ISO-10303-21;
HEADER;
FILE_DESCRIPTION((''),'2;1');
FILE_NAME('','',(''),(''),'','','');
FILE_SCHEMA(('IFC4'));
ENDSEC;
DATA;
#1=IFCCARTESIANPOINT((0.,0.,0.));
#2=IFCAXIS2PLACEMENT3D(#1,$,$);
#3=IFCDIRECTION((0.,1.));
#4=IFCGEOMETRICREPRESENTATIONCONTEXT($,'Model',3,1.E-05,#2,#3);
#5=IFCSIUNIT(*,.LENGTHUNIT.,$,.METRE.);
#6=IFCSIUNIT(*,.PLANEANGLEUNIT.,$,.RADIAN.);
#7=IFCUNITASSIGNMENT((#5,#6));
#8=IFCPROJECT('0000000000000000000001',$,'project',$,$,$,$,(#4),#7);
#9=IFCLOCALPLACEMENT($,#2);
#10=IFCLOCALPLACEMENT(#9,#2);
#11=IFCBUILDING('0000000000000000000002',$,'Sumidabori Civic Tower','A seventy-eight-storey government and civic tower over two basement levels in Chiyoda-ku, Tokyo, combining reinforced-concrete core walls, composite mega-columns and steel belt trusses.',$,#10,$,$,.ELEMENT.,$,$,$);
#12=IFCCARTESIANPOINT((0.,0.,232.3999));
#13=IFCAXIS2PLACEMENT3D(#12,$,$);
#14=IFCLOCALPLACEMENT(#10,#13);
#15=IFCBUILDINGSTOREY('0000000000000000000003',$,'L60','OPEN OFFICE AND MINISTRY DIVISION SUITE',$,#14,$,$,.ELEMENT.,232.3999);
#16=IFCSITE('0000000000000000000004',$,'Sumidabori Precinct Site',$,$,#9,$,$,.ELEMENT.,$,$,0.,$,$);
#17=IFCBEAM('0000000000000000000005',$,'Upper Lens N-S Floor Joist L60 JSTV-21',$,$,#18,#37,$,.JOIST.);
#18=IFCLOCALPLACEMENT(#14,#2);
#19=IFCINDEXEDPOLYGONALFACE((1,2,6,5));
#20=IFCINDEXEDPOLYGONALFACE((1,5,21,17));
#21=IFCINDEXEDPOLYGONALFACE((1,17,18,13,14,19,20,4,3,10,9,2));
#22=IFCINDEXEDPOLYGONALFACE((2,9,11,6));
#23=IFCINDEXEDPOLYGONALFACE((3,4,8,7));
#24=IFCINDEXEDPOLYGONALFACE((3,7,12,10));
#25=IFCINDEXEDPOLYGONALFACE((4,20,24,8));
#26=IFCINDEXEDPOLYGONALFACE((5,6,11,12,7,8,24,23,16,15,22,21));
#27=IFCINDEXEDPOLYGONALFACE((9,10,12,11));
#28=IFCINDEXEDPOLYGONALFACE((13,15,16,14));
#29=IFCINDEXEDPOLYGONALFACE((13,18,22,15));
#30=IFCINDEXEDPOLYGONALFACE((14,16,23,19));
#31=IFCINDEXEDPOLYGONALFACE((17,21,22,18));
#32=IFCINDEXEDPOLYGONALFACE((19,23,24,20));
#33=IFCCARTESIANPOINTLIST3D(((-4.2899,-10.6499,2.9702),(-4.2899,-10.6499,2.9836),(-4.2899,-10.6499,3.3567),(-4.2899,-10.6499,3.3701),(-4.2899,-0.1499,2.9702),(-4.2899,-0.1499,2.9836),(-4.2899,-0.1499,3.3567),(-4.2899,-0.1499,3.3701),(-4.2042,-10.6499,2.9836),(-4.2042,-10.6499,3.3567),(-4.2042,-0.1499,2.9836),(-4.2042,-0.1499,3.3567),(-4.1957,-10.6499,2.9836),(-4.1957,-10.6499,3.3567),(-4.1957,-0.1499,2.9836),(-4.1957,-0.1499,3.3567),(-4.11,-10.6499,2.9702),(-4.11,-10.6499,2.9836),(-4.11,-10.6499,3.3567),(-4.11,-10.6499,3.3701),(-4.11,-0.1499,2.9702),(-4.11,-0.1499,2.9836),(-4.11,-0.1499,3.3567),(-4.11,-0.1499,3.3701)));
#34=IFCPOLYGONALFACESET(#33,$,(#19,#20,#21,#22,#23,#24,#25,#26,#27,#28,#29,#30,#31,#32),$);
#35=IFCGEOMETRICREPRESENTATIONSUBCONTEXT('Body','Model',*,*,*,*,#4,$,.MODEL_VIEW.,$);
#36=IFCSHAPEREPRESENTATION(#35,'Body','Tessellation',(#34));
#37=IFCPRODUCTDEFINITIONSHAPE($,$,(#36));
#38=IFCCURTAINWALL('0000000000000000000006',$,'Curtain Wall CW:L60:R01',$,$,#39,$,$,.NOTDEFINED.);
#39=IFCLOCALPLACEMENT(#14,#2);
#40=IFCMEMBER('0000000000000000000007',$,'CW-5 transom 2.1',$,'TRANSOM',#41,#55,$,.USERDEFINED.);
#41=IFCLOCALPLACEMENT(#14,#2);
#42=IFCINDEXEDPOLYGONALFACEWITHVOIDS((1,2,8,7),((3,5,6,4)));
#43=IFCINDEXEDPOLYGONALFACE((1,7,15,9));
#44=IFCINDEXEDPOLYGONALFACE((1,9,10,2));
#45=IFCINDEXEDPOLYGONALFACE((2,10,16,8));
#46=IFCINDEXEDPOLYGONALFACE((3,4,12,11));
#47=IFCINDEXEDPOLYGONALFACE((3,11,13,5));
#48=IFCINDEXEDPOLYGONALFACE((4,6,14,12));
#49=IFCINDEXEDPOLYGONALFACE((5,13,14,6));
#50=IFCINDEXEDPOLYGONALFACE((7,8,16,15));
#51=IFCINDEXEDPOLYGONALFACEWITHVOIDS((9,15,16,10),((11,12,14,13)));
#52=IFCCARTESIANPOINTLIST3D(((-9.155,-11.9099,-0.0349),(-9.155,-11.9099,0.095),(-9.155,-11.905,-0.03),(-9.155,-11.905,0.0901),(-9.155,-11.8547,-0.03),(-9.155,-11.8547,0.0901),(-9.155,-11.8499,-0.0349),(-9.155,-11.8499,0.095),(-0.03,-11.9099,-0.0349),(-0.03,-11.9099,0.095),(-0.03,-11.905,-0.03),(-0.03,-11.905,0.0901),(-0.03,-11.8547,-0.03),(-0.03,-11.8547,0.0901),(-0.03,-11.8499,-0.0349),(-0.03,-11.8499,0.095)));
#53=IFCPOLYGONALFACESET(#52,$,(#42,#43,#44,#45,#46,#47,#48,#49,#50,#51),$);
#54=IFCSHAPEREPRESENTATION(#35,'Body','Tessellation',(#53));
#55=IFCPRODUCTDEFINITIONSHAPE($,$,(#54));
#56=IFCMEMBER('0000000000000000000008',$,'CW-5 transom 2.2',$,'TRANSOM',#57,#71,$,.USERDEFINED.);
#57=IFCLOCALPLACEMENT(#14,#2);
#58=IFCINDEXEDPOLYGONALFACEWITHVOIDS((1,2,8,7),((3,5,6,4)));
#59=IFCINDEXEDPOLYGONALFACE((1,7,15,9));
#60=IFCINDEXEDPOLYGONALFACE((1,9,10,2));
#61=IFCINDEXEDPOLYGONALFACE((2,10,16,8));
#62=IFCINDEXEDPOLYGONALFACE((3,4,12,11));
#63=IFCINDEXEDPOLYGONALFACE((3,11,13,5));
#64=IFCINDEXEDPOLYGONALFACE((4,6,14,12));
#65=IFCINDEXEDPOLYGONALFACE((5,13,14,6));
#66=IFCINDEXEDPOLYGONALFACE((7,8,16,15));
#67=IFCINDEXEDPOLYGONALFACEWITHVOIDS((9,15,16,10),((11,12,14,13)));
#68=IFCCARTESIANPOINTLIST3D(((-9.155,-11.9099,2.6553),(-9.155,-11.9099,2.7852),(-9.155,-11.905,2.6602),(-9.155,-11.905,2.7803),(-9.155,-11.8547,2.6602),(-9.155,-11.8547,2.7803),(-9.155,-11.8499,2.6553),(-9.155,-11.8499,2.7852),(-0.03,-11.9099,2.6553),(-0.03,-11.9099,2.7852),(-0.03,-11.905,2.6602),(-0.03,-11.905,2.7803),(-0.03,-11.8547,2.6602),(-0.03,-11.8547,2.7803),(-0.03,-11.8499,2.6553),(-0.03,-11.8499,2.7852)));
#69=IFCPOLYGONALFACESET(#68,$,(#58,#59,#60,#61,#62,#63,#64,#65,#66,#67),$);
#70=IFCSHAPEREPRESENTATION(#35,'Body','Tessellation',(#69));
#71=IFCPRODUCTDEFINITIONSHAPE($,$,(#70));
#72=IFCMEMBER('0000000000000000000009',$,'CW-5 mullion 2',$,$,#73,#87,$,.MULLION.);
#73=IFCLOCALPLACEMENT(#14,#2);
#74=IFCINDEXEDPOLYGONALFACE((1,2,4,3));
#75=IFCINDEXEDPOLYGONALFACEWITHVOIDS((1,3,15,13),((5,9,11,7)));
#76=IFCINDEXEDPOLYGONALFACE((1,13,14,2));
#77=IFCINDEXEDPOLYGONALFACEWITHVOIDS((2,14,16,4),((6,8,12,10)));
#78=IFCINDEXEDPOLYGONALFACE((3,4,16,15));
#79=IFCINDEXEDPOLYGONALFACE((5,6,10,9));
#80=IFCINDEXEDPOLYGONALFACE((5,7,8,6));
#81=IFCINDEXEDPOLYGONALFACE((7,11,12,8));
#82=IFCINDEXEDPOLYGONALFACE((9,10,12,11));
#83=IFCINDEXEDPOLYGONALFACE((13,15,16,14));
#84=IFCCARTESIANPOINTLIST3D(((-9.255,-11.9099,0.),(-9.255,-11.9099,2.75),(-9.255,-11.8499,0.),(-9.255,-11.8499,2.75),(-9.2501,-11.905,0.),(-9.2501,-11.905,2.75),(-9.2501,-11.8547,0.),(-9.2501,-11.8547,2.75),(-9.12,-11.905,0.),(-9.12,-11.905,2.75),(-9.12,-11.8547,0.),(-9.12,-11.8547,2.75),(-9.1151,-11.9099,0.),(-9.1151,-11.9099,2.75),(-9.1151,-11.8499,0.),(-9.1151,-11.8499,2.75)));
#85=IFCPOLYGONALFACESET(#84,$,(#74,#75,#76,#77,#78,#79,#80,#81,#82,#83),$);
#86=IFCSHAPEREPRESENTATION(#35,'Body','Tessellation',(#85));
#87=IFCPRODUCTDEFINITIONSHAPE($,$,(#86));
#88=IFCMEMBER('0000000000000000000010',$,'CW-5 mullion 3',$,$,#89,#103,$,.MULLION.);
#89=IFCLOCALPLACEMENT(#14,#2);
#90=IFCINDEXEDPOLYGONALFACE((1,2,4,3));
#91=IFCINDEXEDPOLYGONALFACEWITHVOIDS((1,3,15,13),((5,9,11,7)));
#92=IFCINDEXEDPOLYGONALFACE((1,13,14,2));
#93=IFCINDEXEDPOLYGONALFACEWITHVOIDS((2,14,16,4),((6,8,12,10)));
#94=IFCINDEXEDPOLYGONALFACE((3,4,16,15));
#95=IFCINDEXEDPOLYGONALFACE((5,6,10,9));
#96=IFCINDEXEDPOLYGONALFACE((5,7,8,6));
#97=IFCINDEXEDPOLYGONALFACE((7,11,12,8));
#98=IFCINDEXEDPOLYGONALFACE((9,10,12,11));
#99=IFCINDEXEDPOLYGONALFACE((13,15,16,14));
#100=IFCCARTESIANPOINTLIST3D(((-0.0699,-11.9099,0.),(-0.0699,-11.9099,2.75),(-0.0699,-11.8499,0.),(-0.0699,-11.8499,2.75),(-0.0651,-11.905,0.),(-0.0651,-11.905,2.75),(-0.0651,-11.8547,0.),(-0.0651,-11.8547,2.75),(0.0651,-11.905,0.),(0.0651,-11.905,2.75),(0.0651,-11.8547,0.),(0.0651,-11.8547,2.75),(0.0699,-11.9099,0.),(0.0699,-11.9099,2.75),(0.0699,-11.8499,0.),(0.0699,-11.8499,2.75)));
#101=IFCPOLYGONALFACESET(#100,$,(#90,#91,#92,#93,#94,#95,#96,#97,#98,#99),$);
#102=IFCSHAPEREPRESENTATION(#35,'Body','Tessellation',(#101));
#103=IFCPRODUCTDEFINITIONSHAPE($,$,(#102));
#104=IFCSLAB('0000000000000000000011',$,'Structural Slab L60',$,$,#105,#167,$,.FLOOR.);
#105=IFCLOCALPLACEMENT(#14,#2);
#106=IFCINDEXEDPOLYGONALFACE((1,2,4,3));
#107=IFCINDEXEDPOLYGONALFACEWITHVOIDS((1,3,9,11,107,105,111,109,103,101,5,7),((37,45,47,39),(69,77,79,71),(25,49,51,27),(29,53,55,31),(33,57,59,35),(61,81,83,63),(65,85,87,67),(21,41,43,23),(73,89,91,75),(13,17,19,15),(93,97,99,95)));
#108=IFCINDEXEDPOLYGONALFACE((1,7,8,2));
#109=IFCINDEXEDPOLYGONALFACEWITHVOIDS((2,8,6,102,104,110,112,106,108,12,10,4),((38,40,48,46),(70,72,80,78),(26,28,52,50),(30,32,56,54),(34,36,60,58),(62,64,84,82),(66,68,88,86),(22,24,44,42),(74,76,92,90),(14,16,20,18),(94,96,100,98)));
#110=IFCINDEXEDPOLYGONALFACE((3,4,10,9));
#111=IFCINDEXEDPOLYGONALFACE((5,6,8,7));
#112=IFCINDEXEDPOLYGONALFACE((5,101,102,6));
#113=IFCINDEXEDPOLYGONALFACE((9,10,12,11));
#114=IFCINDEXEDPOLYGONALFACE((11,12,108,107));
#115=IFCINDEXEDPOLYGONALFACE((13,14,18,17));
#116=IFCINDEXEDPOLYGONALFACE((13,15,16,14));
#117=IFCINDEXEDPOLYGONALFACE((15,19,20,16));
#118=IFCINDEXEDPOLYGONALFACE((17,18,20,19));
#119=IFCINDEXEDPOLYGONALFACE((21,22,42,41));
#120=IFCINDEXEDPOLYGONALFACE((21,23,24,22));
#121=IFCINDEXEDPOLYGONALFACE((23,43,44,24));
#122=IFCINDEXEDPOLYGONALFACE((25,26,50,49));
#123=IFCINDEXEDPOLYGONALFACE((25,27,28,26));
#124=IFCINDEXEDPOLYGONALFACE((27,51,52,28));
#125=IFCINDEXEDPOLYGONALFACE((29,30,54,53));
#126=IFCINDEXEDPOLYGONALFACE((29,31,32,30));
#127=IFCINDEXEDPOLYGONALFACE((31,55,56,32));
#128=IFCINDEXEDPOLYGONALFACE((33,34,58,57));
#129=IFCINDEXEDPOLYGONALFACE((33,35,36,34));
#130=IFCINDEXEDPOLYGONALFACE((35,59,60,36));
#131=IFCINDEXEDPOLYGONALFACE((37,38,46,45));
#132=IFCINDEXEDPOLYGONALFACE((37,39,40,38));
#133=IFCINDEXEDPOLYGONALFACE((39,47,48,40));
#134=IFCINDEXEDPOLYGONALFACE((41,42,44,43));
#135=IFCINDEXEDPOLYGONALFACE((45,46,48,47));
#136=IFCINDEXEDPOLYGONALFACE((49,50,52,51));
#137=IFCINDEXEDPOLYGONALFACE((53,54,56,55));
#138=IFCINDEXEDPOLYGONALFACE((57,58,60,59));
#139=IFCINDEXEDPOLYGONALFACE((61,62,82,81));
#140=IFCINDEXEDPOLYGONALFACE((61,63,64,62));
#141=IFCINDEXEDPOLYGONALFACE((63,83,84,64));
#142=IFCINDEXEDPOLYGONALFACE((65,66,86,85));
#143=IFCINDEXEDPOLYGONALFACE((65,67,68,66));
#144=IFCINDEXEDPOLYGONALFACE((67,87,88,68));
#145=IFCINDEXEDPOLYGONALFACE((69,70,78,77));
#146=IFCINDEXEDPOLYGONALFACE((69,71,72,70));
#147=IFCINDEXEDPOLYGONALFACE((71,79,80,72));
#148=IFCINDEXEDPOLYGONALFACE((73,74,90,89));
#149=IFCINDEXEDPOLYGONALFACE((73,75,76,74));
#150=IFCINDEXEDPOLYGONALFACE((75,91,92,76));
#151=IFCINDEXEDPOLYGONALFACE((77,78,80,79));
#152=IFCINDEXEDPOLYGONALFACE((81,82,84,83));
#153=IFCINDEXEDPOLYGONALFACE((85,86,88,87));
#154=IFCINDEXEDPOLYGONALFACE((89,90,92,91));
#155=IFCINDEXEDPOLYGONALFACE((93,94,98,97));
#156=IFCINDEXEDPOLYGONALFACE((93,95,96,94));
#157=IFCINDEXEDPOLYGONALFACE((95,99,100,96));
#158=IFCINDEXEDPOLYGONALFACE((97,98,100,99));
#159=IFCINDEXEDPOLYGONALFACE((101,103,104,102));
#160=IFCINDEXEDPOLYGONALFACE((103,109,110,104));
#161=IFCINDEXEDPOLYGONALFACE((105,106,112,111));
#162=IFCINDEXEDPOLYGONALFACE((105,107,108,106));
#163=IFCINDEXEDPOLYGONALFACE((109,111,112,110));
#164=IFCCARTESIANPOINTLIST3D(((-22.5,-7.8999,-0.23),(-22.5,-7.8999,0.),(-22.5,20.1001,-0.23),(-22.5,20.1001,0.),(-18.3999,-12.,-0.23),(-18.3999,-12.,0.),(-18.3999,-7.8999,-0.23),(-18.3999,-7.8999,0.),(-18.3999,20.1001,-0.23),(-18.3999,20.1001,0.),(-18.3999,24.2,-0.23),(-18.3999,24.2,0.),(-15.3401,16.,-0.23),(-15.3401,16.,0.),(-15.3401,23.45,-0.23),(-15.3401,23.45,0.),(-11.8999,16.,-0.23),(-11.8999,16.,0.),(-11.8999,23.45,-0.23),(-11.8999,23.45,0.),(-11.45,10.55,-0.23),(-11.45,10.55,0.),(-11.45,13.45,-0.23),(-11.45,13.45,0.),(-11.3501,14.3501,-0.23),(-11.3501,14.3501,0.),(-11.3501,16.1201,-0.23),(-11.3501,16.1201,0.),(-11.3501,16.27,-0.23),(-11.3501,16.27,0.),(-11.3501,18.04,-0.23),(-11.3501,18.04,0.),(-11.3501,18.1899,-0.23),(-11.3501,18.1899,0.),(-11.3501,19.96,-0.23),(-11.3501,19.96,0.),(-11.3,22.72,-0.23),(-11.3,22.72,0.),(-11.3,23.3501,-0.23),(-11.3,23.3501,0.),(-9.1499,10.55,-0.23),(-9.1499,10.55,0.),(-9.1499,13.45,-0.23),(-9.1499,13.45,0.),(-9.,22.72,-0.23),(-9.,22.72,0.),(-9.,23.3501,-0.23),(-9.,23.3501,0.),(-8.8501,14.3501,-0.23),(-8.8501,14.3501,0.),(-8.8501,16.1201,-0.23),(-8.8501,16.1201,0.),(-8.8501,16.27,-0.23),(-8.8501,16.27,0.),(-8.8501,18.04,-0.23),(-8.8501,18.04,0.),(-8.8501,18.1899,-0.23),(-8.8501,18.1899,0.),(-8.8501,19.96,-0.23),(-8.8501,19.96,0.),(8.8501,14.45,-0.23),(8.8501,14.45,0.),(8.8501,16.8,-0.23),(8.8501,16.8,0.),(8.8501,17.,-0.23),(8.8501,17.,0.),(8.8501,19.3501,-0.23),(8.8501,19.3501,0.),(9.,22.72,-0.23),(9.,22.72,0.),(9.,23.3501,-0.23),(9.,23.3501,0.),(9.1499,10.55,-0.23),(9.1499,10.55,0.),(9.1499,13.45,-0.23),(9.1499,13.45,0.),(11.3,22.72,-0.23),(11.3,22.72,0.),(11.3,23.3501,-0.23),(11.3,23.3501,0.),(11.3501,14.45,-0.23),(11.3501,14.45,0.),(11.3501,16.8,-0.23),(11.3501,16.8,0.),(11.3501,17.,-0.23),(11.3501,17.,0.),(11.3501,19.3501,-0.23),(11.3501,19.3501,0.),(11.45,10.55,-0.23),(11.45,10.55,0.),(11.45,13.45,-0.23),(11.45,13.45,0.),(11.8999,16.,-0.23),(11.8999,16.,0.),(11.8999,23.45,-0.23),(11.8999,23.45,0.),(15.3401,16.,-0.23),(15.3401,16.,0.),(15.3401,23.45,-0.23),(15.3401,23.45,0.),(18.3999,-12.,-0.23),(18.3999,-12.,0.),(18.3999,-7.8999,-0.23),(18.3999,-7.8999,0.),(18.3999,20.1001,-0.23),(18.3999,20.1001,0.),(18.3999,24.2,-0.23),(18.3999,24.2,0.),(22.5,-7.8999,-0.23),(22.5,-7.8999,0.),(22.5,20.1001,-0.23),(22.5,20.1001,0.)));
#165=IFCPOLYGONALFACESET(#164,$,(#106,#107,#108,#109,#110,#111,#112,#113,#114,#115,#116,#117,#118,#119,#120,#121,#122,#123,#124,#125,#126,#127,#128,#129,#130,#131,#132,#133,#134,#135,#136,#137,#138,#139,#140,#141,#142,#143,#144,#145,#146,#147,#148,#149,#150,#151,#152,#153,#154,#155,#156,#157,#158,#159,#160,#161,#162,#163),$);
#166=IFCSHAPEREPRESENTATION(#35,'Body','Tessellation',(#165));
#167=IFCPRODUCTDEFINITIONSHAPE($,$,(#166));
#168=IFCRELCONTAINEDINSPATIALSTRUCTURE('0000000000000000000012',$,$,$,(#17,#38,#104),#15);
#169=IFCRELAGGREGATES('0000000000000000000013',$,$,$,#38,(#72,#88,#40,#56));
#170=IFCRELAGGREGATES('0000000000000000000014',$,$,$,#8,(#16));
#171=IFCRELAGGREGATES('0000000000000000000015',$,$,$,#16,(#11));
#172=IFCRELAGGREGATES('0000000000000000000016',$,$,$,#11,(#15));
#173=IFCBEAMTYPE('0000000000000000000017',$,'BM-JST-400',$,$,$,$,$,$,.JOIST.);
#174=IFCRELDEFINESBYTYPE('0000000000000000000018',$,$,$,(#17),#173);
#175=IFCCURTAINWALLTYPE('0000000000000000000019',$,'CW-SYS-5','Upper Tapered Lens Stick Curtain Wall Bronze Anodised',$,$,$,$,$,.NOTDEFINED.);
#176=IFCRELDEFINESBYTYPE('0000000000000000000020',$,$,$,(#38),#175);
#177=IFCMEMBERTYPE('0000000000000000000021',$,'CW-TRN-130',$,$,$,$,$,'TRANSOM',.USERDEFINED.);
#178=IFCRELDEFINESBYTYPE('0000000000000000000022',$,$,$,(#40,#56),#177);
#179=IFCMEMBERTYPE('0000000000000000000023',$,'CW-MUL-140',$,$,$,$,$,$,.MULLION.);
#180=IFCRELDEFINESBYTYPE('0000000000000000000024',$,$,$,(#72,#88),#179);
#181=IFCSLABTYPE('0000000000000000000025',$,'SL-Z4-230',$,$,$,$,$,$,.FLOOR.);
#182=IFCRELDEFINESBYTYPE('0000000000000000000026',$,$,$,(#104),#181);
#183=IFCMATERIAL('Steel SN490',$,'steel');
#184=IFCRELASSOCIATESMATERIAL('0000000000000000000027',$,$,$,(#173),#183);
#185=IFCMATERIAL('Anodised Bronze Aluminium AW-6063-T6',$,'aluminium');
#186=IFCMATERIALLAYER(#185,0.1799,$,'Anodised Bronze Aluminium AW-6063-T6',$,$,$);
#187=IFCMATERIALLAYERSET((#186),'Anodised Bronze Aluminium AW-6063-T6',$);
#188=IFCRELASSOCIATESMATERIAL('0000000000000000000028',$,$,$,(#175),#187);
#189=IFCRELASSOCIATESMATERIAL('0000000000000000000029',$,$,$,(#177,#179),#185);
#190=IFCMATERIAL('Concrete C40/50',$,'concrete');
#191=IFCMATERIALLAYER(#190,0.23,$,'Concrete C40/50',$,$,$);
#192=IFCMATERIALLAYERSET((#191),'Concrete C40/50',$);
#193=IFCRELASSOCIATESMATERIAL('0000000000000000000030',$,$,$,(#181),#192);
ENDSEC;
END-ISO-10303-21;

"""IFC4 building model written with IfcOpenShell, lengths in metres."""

from ifc_helpers import new_model, si_unit, direction, frame, origin, origin_2d, place, context, subcontext, project, spatial, polyline, hollow_rectangle, i_section, outline, extrude, source, transform, mapped, material, layer, layer_set, material_profile, profile_set, type_object, element, aggregate, save


model = new_model("IFC4")

# Units and contexts
model_context = context("Model", 3, precision=1e-05, world=origin(), true_north=direction((0.0, 1.0)))
body_context = subcontext(model_context, "Body", "Model", "MODEL_VIEW")
ifc_project = project(units=[si_unit("LENGTHUNIT", "METRE"), si_unit("PLANEANGLEUNIT", "RADIAN")], contexts=[model_context])

# Site, building, storey
site_placement = place(None, origin())
site = spatial("IfcSite", under=ifc_project, at=site_placement, Name="Sumidabori Precinct Site", CompositionType="ELEMENT", RefElevation=0.0)
building_placement = place(site_placement, origin())
building = spatial("IfcBuilding", under=site, at=building_placement, Name="Sumidabori Civic Tower", Description="A seventy-eight-storey government and civic tower over two basement levels in Chiyoda-ku, Tokyo, combining reinforced-concrete core walls, composite mega-columns and steel belt trusses.", CompositionType="ELEMENT")
storey_placement = place(building_placement, frame((0.0, 0.0, 232.3999)))
storey = spatial("IfcBuildingStorey", under=building, at=storey_placement, Name="L60", Description="OPEN OFFICE AND MINISTRY DIVISION SUITE", CompositionType="ELEMENT", Elevation=232.3999)

# Shared definitions
ifc_material_1 = material(Name="Steel SN490", Category="steel")

# Beam
ifc_material_profile_1 = material_profile(ifc_material_1, i_section(OverallWidth=0.1799, OverallDepth=0.3999, WebThickness=0.0085, FlangeThickness=0.0134, at=origin_2d()), Name="IPE 400")
ifc_profile_set_1 = profile_set([ifc_material_profile_1], Name="Steel SN490")
beam_type_1 = type_object("IfcBeamType", Name="BM-JST-400", PredefinedType="JOIST", material=ifc_profile_set_1)
shared_shape_1 = source(origin(), body_context, "Body", "SweptSolid", [
    extrude(i_section(OverallWidth=0.1799, OverallDepth=0.3999, WebThickness=0.0085, FlangeThickness=0.0134, at=origin_2d()), origin(), (0.0, 0.0, 1.0), 10.5),
])
for number, where, z_axis, x_axis, name in (
    (1, (-4.2, -10.6499, 3.1702), (0.0, 1.0, 0.0), (-1.0, 0.0, 0.0), "Upper Lens N-S Floor Joist L60 JSTV-21"),
):
    element("IfcBeam", number, at=place(storey_placement, frame(where, z_axis=z_axis, x_axis=x_axis)), inside=storey, type_object=beam_type_1, Name=name, PredefinedType="JOIST", context=body_context, shape_type="MappedRepresentation", body=[
        mapped(shared_shape_1, transform((0.0, 0.0, 0.0), x_axis=(1.0, 0.0, 0.0), y_axis=(0.0, 1.0, 0.0), z_axis=(0.0, 0.0, 1.0), scale=1.0)),
    ])

# Curtain wall, members
ifc_material_2 = material(Name="Anodised Bronze Aluminium AW-6063-T6", Category="aluminium")
ifc_layer_1 = layer(ifc_material_2, 0.1799, Name="Anodised Bronze Aluminium AW-6063-T6")
ifc_layer_set_1 = layer_set([ifc_layer_1], Name="Anodised Bronze Aluminium AW-6063-T6")
curtain_wall_type = type_object("IfcCurtainWallType", Name="CW-SYS-5", Description="Upper Tapered Lens Stick Curtain Wall Bronze Anodised", PredefinedType="NOTDEFINED", material=ifc_layer_set_1)
curtain_wall_placement = place(storey_placement, origin())
curtain_wall = element("IfcCurtainWall", 2, at=curtain_wall_placement, inside=storey, type_object=curtain_wall_type, Name="Curtain Wall CW:L60:R01", PredefinedType="NOTDEFINED")
ifc_material_profile_2 = material_profile(ifc_material_2, hollow_rectangle(XDim=0.0601, YDim=0.1299, WallThickness=0.0049, at=origin_2d()), Name="ALU TRANSOM 130x60")
ifc_profile_set_2 = profile_set([ifc_material_profile_2], Name="Anodised Bronze Aluminium AW-6063-T6")
member_type_1 = type_object("IfcMemberType", Name="CW-TRN-130", ElementType="TRANSOM", PredefinedType="USERDEFINED", material=ifc_profile_set_2)
shared_shape_2 = source(origin(), body_context, "Body", "SweptSolid", [
    extrude(hollow_rectangle(XDim=0.0601, YDim=0.1299, WallThickness=0.0049, at=origin_2d()), origin(), (0.0, 0.0, 1.0), 9.125),
])
member_1_placement = place(storey_placement, frame((-9.155, -11.8799, 0.03), z_axis=(1.0, 0.0, 0.0), x_axis=(0.0, 1.0, 0.0)))
member_1 = element("IfcMember", 3, at=member_1_placement, type_object=member_type_1, Name="CW-5 transom 2.1", ObjectType="TRANSOM", PredefinedType="USERDEFINED", context=body_context, shape_type="MappedRepresentation", body=[
    mapped(shared_shape_2, transform((0.0, 0.0, 0.0), x_axis=(1.0, 0.0, 0.0), y_axis=(0.0, 1.0, 0.0), z_axis=(0.0, 0.0, 1.0), scale=1.0)),
])
member_2_placement = place(storey_placement, frame((-9.155, -11.8799, 2.7202), z_axis=(1.0, 0.0, 0.0), x_axis=(0.0, 1.0, 0.0)))
member_2 = element("IfcMember", 4, at=member_2_placement, type_object=member_type_1, Name="CW-5 transom 2.2", ObjectType="TRANSOM", PredefinedType="USERDEFINED", context=body_context, shape_type="MappedRepresentation", body=[
    mapped(shared_shape_2, transform((0.0, 0.0, 0.0), x_axis=(1.0, 0.0, 0.0), y_axis=(0.0, 1.0, 0.0), z_axis=(0.0, 0.0, 1.0), scale=1.0)),
])
ifc_material_profile_3 = material_profile(ifc_material_2, hollow_rectangle(XDim=0.0601, YDim=0.1399, WallThickness=0.0049, at=origin_2d()), Name="ALU MULLION 140x60")
ifc_profile_set_3 = profile_set([ifc_material_profile_3], Name="Anodised Bronze Aluminium AW-6063-T6")
member_type_2 = type_object("IfcMemberType", Name="CW-MUL-140", PredefinedType="MULLION", material=ifc_profile_set_3)
shared_shape_3 = source(origin(), body_context, "Body", "SweptSolid", [
    extrude(hollow_rectangle(XDim=0.0601, YDim=0.1399, WallThickness=0.0049, at=origin_2d()), origin(), (0.0, 0.0, 1.0), 2.75),
])
member_3_placement = place(storey_placement, frame((-9.1851, -11.8799, 0.0), z_axis=(0.0, 0.0, 1.0), x_axis=(0.0, 1.0, 0.0)))
member_3 = element("IfcMember", 5, at=member_3_placement, type_object=member_type_2, Name="CW-5 mullion 2", PredefinedType="MULLION", context=body_context, shape_type="MappedRepresentation", body=[
    mapped(shared_shape_3, transform((0.0, 0.0, 0.0), x_axis=(1.0, 0.0, 0.0), y_axis=(0.0, 1.0, 0.0), z_axis=(0.0, 0.0, 1.0), scale=1.0)),
])
member_4_placement = place(storey_placement, frame((0.0, -11.8799, 0.0), z_axis=(0.0, 0.0, 1.0), x_axis=(0.0, 1.0, 0.0)))
member_4 = element("IfcMember", 6, at=member_4_placement, type_object=member_type_2, Name="CW-5 mullion 3", PredefinedType="MULLION", context=body_context, shape_type="MappedRepresentation", body=[
    mapped(shared_shape_3, transform((0.0, 0.0, 0.0), x_axis=(1.0, 0.0, 0.0), y_axis=(0.0, 1.0, 0.0), z_axis=(0.0, 0.0, 1.0), scale=1.0)),
])

# Slab
ifc_material_3 = material(Name="Concrete C40/50", Category="concrete")
ifc_layer_2 = layer(ifc_material_3, 0.23, Name="Concrete C40/50")
ifc_layer_set_2 = layer_set([ifc_layer_2], Name="Concrete C40/50")
slab_type = type_object("IfcSlabType", Name="SL-Z4-230", PredefinedType="FLOOR", material=ifc_layer_set_2)
slab_placement = place(storey_placement, frame((0.0, 0.0, -0.23)))
element("IfcSlab", 7, at=slab_placement, inside=storey, type_object=slab_type, Name="Structural Slab L60", PredefinedType="FLOOR", context=body_context, shape_type="SweptSolid", body=[
    extrude(outline(polyline([(-18.3999, -12.0), (18.3999, -12.0), (18.3999, -7.8999), (22.5, -7.8999), (22.5, 20.1001), (18.3999, 20.1001), (18.3999, 24.2), (-18.3999, 24.2), (-18.3999, 20.1001), (-22.5, 20.1001), (-22.5, -7.8999), (-18.3999, -7.8999), (-18.3999, -12.0)]), holes=[polyline([(-11.8999, 16.0), (-11.8999, 23.45), (-15.3401, 23.45), (-15.3401, 16.0), (-11.8999, 16.0)]), polyline([(15.3401, 16.0), (15.3401, 23.45), (11.8999, 23.45), (11.8999, 16.0), (15.3401, 16.0)]), polyline([(-11.45, 10.55), (-9.1499, 10.55), (-9.1499, 13.45), (-11.45, 13.45), (-11.45, 10.55)]), polyline([(9.1499, 10.55), (11.45, 10.55), (11.45, 13.45), (9.1499, 13.45), (9.1499, 10.55)]), polyline([(-11.3501, 14.3501), (-8.8501, 14.3501), (-8.8501, 16.1201), (-11.3501, 16.1201), (-11.3501, 14.3501)]), polyline([(-11.3501, 16.27), (-8.8501, 16.27), (-8.8501, 18.04), (-11.3501, 18.04), (-11.3501, 16.27)]), polyline([(-11.3501, 18.1899), (-8.8501, 18.1899), (-8.8501, 19.96), (-11.3501, 19.96), (-11.3501, 18.1899)]), polyline([(8.8501, 14.45), (11.3501, 14.45), (11.3501, 16.8), (8.8501, 16.8), (8.8501, 14.45)]), polyline([(8.8501, 17.0), (11.3501, 17.0), (11.3501, 19.3501), (8.8501, 19.3501), (8.8501, 17.0)]), polyline([(-11.3, 22.72), (-9.0, 22.72), (-9.0, 23.3501), (-11.3, 23.3501), (-11.3, 22.72)]), polyline([(9.0, 22.72), (11.3, 22.72), (11.3, 23.3501), (9.0, 23.3501), (9.0, 22.72)])]), origin(), (0.0, 0.0, 1.0), 0.23),
])

aggregate(curtain_wall, [member_3, member_4, member_1, member_2])

save(model, "model.ifc")
